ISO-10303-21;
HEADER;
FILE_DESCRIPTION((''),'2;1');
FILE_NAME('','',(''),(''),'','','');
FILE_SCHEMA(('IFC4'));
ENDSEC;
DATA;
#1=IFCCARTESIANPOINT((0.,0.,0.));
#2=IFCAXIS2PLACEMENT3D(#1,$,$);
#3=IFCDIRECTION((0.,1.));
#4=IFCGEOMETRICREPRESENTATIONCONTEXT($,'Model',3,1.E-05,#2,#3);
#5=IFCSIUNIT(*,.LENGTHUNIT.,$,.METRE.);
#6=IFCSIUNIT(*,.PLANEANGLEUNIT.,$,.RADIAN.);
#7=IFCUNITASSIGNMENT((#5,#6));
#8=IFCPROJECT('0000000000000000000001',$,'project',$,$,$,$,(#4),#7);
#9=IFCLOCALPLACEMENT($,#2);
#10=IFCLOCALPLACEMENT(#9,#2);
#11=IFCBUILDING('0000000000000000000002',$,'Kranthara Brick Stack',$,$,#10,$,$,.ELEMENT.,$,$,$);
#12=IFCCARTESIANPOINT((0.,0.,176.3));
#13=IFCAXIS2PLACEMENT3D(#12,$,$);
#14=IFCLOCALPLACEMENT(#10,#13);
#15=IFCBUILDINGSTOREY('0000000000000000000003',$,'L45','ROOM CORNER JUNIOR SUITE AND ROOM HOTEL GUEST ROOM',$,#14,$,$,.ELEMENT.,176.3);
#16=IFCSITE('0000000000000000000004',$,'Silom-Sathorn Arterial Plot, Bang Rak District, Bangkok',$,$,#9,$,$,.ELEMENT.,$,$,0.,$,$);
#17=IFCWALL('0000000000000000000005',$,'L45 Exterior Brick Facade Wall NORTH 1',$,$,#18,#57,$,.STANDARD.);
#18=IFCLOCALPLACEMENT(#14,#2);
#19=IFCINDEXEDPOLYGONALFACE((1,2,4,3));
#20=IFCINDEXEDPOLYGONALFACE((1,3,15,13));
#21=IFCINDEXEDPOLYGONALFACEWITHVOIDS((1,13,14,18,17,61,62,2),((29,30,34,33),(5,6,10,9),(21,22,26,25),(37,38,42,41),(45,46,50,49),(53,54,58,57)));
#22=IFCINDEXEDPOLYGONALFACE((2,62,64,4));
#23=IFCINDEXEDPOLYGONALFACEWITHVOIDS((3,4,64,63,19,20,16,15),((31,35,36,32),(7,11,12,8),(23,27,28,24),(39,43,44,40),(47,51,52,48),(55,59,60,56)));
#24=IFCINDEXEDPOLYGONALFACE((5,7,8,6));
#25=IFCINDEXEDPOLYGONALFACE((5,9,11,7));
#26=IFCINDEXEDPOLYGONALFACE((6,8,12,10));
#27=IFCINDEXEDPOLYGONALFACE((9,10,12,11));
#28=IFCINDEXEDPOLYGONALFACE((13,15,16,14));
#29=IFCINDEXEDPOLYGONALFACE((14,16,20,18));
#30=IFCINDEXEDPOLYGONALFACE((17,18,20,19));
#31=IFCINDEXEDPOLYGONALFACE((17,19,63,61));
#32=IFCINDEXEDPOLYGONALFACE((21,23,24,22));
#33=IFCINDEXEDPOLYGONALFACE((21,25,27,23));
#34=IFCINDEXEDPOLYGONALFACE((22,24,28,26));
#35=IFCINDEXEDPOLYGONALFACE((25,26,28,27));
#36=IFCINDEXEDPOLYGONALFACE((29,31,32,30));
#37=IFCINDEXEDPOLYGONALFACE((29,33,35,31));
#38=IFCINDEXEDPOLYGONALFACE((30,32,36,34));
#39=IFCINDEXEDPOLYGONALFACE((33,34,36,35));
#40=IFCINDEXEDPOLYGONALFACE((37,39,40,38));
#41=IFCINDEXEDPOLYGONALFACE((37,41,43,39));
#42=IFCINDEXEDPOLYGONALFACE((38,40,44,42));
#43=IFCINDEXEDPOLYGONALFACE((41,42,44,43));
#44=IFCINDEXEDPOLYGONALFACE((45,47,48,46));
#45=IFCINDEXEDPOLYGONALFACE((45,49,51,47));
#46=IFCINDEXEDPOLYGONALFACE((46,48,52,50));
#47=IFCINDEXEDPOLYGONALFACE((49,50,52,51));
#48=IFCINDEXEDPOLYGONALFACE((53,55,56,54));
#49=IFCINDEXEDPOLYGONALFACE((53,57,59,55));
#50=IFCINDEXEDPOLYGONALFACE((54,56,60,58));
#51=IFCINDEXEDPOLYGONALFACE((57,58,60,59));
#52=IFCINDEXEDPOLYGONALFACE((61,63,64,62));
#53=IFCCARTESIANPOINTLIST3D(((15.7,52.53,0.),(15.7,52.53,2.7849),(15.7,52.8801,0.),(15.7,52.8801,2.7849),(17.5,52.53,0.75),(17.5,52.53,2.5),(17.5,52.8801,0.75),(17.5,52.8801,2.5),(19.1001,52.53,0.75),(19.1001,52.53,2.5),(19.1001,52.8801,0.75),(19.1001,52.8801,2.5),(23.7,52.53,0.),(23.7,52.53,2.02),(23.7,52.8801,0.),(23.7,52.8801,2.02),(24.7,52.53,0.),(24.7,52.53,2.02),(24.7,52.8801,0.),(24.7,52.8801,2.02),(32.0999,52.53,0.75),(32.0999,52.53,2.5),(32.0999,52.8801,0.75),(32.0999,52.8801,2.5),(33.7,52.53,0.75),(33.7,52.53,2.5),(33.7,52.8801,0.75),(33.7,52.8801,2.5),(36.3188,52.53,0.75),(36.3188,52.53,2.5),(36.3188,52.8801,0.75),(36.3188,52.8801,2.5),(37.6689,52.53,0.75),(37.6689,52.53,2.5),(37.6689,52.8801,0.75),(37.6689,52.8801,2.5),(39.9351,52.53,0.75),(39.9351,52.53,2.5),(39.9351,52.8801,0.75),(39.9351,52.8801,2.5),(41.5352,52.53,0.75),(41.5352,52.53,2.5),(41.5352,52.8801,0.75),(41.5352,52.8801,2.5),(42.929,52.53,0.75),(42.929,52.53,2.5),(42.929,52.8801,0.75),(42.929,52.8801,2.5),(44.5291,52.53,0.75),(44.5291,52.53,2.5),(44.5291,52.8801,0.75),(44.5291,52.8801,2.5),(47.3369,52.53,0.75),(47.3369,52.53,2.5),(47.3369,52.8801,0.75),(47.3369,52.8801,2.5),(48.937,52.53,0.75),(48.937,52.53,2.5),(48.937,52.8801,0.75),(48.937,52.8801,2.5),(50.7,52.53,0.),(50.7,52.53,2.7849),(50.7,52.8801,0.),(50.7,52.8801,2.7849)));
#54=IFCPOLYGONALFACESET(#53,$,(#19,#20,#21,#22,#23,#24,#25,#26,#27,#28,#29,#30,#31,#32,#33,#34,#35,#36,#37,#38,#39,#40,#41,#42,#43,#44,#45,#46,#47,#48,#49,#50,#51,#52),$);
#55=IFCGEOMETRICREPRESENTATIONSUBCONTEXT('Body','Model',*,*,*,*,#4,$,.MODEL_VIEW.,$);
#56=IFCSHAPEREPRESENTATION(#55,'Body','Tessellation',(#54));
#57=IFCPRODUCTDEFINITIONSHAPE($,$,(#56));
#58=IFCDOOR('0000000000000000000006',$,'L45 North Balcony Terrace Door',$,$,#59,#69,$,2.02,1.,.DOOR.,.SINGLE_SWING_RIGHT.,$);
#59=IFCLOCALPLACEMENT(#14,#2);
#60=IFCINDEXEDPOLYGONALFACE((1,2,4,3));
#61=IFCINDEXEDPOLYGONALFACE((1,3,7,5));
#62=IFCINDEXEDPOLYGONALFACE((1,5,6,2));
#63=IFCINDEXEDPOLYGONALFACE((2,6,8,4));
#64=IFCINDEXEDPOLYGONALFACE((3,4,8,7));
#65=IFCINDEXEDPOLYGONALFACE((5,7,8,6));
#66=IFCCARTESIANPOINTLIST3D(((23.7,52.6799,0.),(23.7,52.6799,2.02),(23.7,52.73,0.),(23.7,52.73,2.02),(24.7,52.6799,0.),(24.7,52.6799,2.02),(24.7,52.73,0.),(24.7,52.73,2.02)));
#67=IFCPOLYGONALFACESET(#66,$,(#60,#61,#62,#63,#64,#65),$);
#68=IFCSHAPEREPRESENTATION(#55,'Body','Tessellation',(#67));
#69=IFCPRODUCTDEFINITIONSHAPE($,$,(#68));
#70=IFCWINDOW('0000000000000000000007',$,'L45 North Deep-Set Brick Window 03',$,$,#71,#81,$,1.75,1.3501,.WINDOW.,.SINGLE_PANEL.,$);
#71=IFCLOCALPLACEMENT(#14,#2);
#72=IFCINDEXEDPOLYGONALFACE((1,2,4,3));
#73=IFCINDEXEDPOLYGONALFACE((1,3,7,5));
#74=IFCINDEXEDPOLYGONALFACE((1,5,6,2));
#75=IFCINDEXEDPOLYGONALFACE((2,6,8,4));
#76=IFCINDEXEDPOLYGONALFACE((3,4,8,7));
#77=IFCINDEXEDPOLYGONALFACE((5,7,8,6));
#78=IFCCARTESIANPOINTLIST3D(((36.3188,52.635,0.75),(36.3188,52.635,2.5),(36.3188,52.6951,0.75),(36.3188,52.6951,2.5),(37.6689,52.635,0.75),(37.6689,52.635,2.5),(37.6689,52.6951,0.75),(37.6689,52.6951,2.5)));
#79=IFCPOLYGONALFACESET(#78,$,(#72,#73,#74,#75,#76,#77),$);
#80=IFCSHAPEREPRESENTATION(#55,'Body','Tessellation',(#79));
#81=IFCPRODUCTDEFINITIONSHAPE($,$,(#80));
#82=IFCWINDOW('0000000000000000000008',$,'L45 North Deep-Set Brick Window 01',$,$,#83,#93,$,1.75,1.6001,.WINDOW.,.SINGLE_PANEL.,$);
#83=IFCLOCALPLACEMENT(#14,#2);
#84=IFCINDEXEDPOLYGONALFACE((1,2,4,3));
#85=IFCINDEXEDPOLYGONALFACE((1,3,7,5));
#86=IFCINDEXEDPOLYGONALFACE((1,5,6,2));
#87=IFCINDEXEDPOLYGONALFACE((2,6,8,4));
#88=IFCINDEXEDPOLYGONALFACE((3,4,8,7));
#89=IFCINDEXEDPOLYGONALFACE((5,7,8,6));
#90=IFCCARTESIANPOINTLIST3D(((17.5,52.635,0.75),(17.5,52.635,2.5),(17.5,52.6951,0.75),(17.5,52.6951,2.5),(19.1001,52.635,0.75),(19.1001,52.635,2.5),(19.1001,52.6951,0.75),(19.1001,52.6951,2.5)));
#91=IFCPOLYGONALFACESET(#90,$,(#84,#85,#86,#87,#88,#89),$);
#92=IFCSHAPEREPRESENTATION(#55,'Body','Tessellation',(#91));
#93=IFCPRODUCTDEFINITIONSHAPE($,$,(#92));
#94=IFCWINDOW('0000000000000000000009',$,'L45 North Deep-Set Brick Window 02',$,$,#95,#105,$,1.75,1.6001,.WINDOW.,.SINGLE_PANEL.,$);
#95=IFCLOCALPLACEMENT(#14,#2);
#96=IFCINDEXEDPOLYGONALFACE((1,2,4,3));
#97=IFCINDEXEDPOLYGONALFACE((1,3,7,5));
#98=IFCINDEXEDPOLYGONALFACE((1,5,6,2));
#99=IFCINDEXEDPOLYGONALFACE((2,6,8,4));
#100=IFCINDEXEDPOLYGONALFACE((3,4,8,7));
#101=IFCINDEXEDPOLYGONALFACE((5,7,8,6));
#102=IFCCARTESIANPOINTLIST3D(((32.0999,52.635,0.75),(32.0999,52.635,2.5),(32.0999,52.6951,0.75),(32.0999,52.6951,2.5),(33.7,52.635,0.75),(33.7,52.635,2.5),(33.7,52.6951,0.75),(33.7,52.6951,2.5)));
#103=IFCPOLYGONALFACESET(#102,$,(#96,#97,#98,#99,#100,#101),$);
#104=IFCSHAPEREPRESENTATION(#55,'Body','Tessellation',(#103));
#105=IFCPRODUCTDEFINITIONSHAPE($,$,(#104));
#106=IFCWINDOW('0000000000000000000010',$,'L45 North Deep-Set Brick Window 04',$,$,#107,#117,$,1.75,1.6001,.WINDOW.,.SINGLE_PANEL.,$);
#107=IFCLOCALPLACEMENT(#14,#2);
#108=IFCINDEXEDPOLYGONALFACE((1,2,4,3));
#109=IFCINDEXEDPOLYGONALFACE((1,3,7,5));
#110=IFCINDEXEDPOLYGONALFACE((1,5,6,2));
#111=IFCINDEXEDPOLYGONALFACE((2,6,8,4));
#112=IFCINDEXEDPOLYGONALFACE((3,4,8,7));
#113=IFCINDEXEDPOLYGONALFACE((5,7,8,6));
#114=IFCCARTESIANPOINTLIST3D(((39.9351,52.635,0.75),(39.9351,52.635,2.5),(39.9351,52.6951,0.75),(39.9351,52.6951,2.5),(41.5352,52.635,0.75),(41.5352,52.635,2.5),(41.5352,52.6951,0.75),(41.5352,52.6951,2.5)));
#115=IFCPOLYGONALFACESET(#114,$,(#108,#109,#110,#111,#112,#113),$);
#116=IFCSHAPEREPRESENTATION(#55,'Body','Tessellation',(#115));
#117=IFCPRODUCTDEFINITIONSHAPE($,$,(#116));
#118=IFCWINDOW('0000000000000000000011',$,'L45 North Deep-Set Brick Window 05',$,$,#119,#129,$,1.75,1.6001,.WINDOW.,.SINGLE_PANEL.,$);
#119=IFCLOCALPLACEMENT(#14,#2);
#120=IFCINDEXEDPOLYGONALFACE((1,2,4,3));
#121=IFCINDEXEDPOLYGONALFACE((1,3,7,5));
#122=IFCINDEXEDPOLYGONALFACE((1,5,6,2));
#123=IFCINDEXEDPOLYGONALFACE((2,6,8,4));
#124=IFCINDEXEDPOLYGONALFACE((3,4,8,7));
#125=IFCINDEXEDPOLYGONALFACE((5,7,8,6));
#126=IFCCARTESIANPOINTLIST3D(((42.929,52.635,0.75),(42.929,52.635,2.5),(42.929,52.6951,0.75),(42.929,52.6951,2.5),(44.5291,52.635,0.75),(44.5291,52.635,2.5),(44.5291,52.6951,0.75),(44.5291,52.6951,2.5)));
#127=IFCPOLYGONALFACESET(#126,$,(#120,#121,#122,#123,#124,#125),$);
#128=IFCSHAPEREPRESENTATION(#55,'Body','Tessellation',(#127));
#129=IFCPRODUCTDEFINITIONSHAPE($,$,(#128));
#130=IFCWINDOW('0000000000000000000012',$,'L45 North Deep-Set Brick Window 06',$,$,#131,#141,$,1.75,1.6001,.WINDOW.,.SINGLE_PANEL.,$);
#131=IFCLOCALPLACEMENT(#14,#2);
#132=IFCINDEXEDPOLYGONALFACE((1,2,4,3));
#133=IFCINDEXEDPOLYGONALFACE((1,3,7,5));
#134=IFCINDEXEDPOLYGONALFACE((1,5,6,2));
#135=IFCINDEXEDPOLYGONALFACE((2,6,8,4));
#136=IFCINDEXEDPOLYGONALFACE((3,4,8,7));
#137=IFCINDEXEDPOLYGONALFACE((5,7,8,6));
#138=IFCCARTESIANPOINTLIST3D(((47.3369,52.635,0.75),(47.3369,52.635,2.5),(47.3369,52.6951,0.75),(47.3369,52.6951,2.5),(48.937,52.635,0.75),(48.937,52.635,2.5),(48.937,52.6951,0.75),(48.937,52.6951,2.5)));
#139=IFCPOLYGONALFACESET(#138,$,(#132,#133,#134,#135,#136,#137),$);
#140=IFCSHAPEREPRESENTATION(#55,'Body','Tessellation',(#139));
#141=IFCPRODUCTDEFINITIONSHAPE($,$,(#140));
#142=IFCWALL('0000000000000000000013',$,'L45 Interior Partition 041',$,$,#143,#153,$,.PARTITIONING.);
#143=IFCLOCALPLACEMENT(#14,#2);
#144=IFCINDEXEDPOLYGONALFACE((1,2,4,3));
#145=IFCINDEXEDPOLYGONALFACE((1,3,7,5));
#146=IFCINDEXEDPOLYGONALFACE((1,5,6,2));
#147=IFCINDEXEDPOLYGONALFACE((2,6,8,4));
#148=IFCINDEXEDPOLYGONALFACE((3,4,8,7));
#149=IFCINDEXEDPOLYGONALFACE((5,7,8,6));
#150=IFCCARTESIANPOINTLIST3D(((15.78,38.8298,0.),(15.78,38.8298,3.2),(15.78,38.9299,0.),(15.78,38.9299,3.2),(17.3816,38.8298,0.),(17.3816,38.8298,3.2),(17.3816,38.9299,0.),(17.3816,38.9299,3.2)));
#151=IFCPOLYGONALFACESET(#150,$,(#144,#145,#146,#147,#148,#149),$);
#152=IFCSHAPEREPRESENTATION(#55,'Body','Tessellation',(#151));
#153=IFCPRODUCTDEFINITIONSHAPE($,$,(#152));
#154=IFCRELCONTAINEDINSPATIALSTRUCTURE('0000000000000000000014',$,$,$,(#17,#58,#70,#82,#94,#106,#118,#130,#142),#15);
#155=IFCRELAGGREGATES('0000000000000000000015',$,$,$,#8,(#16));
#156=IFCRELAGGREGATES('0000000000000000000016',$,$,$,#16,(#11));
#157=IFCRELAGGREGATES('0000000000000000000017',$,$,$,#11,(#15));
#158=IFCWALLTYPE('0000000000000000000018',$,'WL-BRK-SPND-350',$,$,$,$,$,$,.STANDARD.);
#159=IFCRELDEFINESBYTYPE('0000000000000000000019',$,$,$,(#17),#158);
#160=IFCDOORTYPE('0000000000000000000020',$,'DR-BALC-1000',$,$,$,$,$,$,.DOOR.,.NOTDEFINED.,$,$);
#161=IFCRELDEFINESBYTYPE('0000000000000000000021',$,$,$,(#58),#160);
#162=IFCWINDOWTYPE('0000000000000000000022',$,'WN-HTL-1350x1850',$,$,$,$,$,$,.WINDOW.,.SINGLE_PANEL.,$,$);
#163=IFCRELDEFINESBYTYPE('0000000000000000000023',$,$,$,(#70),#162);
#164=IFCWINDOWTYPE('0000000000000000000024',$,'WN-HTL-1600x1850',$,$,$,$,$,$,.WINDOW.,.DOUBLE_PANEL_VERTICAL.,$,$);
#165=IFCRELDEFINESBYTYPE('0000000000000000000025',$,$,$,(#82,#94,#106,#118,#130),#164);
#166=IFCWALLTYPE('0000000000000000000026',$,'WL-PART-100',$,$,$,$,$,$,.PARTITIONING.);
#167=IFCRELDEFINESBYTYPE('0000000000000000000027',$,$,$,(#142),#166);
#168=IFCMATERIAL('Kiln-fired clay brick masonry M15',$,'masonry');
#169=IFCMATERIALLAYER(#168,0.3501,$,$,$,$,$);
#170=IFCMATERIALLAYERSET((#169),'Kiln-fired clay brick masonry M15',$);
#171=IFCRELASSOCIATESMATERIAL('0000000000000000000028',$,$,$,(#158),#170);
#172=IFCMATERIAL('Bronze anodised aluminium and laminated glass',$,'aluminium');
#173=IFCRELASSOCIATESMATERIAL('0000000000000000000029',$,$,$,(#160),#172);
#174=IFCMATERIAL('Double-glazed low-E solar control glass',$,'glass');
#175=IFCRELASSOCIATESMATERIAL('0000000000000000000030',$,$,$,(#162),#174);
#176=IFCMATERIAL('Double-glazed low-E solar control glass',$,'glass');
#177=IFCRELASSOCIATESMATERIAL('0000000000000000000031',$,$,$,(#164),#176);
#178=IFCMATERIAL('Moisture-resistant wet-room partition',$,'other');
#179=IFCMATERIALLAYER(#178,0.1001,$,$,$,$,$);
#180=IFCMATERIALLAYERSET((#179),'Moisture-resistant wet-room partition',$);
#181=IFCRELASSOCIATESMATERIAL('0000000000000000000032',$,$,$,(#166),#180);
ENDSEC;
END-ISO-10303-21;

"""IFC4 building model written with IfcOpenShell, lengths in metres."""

from ifc_helpers import new_model, si_unit, direction, frame, frame_2d, origin, place, context, subcontext, project, spatial, rectangle, extrude, material, layer, layer_set, type_object, element, fill, save


model = new_model("IFC4")

# Units and contexts
model_context = context("Model", 3, precision=1e-05, world=origin(), true_north=direction((0.0, 1.0)))
body_context = subcontext(model_context, "Body", "Model", "MODEL_VIEW")
ifc_project = project(units=[si_unit("LENGTHUNIT", "METRE"), si_unit("PLANEANGLEUNIT", "RADIAN")], contexts=[model_context])

# Site, building, storey
site_placement = place(None, origin())
site = spatial("IfcSite", under=ifc_project, at=site_placement, Name="Silom-Sathorn Arterial Plot, Bang Rak District, Bangkok", CompositionType="ELEMENT", RefElevation=0.0)
building_placement = place(site_placement, origin())
building = spatial("IfcBuilding", under=site, at=building_placement, Name="Kranthara Brick Stack", CompositionType="ELEMENT")
storey_placement = place(building_placement, frame((0.0, 0.0, 176.3)))
storey = spatial("IfcBuildingStorey", under=building, at=storey_placement, Name="L45", Description="ROOM CORNER JUNIOR SUITE AND ROOM HOTEL GUEST ROOM", CompositionType="ELEMENT", Elevation=176.3)

# Shared definitions
ifc_material_1 = material(Name="Kiln-fired clay brick masonry M15", Category="masonry")
ifc_layer_1 = layer(ifc_material_1, 0.3501)
ifc_layer_set_1 = layer_set([ifc_layer_1], Name="Kiln-fired clay brick masonry M15")
wall_type_1 = type_object("IfcWallType", Name="WL-BRK-SPND-350", PredefinedType="STANDARD", material=ifc_layer_set_1)

# Wall, openings, door, windows
wall_1_placement = place(storey_placement, frame((15.7, 52.7051, 0.0), z_axis=(0.0, 0.0, 1.0), x_axis=(1.0, 0.0, 0.0)))
wall_1 = element("IfcWall", 1, at=wall_1_placement, inside=storey, type_object=wall_type_1, Name="L45 Exterior Brick Facade Wall NORTH 1", PredefinedType="STANDARD", context=body_context, shape_type="SweptSolid", body=[
    extrude(rectangle(XDim=35.0, YDim=0.3501, at=frame_2d((17.5, 0.0))), origin(), (0.0, 0.0, 1.0), 2.7849),
])
opening_1_placement = place(wall_1_placement, frame((8.0, 0.0, 0.0)))
opening_1 = element("IfcOpeningElement", 2, at=opening_1_placement, cuts=wall_1, PredefinedType="OPENING", context=body_context, shape_type="SweptSolid", body=[
    extrude(rectangle(XDim=1.0, YDim=2.02, at=frame_2d((0.5, 1.01))), frame((0.0, 0.1851, 0.0), z_axis=(0.0, -1.0, 0.0), x_axis=(1.0, 0.0, 0.0)), (0.0, 0.0, 1.0), 0.3701),
])
opening_2_placement = place(wall_1_placement, frame((1.8, 0.0, 0.75)))
opening_2 = element("IfcOpeningElement", 3, at=opening_2_placement, cuts=wall_1, PredefinedType="OPENING", context=body_context, shape_type="SweptSolid", body=[
    extrude(rectangle(XDim=1.6001, YDim=1.75, at=frame_2d((0.8, 0.875))), frame((0.0, 0.1851, 0.0), z_axis=(0.0, -1.0, 0.0), x_axis=(1.0, 0.0, 0.0)), (0.0, 0.0, 1.0), 0.3701),
])
opening_3_placement = place(wall_1_placement, frame((16.3999, 0.0, 0.75)))
opening_3 = element("IfcOpeningElement", 4, at=opening_3_placement, cuts=wall_1, PredefinedType="OPENING", context=body_context, shape_type="SweptSolid", body=[
    extrude(rectangle(XDim=1.6001, YDim=1.75, at=frame_2d((0.8, 0.875))), frame((0.0, 0.1851, 0.0), z_axis=(0.0, -1.0, 0.0), x_axis=(1.0, 0.0, 0.0)), (0.0, 0.0, 1.0), 0.3701),
])
opening_4_placement = place(wall_1_placement, frame((20.6189, 0.0, 0.75)))
opening_4 = element("IfcOpeningElement", 5, at=opening_4_placement, cuts=wall_1, PredefinedType="OPENING", context=body_context, shape_type="SweptSolid", body=[
    extrude(rectangle(XDim=1.3501, YDim=1.75, at=frame_2d((0.675, 0.875))), frame((0.0, 0.1851, 0.0), z_axis=(0.0, -1.0, 0.0), x_axis=(1.0, 0.0, 0.0)), (0.0, 0.0, 1.0), 0.3701),
])
opening_5_placement = place(wall_1_placement, frame((24.2351, 0.0, 0.75)))
opening_5 = element("IfcOpeningElement", 6, at=opening_5_placement, cuts=wall_1, PredefinedType="OPENING", context=body_context, shape_type="SweptSolid", body=[
    extrude(rectangle(XDim=1.6001, YDim=1.75, at=frame_2d((0.8, 0.875))), frame((0.0, 0.1851, 0.0), z_axis=(0.0, -1.0, 0.0), x_axis=(1.0, 0.0, 0.0)), (0.0, 0.0, 1.0), 0.3701),
])
opening_6_placement = place(wall_1_placement, frame((27.229, 0.0, 0.75)))
opening_6 = element("IfcOpeningElement", 7, at=opening_6_placement, cuts=wall_1, PredefinedType="OPENING", context=body_context, shape_type="SweptSolid", body=[
    extrude(rectangle(XDim=1.6001, YDim=1.75, at=frame_2d((0.8, 0.875))), frame((0.0, 0.1851, 0.0), z_axis=(0.0, -1.0, 0.0), x_axis=(1.0, 0.0, 0.0)), (0.0, 0.0, 1.0), 0.3701),
])
opening_7_placement = place(wall_1_placement, frame((31.637, 0.0, 0.75)))
opening_7 = element("IfcOpeningElement", 8, at=opening_7_placement, cuts=wall_1, PredefinedType="OPENING", context=body_context, shape_type="SweptSolid", body=[
    extrude(rectangle(XDim=1.6001, YDim=1.75, at=frame_2d((0.8, 0.875))), frame((0.0, 0.1851, 0.0), z_axis=(0.0, -1.0, 0.0), x_axis=(1.0, 0.0, 0.0)), (0.0, 0.0, 1.0), 0.3701),
])
ifc_material_2 = material(Name="Bronze anodised aluminium and laminated glass", Category="aluminium")
door_type = type_object("IfcDoorType", Name="DR-BALC-1000", OperationType="NOTDEFINED", PredefinedType="DOOR", material=ifc_material_2)
door_placement = place(opening_1_placement, origin())
door = element("IfcDoor", 9, at=door_placement, inside=storey, type_object=door_type, Name="L45 North Balcony Terrace Door", OperationType="SINGLE_SWING_RIGHT", OverallHeight=2.02, OverallWidth=1.0, PredefinedType="DOOR", context=body_context, shape_type="SweptSolid", body=[
    extrude(rectangle(XDim=1.0, YDim=2.02, at=frame_2d((0.5, 1.01))), frame((0.0, 0.0249, 0.0), z_axis=(0.0, -1.0, 0.0), x_axis=(1.0, 0.0, 0.0)), (0.0, 0.0, 1.0), 0.05),
])
fill(opening_1, door)
ifc_material_3 = material(Name="Double-glazed low-E solar control glass", Category="glass")
window_type_1 = type_object("IfcWindowType", Name="WN-HTL-1350x1850", PartitioningType="SINGLE_PANEL", PredefinedType="WINDOW", material=ifc_material_3)
window_1_placement = place(opening_4_placement, origin())
window_1 = element("IfcWindow", 10, at=window_1_placement, inside=storey, type_object=window_type_1, Name="L45 North Deep-Set Brick Window 03", OverallHeight=1.75, OverallWidth=1.3501, PartitioningType="SINGLE_PANEL", PredefinedType="WINDOW", context=body_context, shape_type="SweptSolid", body=[
    extrude(rectangle(XDim=1.3501, YDim=1.75, at=frame_2d((0.675, 0.875))), frame((0.0, -0.01, 0.0), z_axis=(0.0, -1.0, 0.0), x_axis=(1.0, 0.0, 0.0)), (0.0, 0.0, 1.0), 0.0601),
])
fill(opening_4, window_1)
ifc_material_4 = material(Name="Double-glazed low-E solar control glass", Category="glass")
window_type_2 = type_object("IfcWindowType", Name="WN-HTL-1600x1850", PartitioningType="DOUBLE_PANEL_VERTICAL", PredefinedType="WINDOW", material=ifc_material_4)
window_2_placement = place(opening_2_placement, origin())
window_2 = element("IfcWindow", 11, at=window_2_placement, inside=storey, type_object=window_type_2, Name="L45 North Deep-Set Brick Window 01", OverallHeight=1.75, OverallWidth=1.6001, PartitioningType="SINGLE_PANEL", PredefinedType="WINDOW", context=body_context, shape_type="SweptSolid", body=[
    extrude(rectangle(XDim=1.6001, YDim=1.75, at=frame_2d((0.8, 0.875))), frame((0.0, -0.01, 0.0), z_axis=(0.0, -1.0, 0.0), x_axis=(1.0, 0.0, 0.0)), (0.0, 0.0, 1.0), 0.0601),
])
fill(opening_2, window_2)
window_3_placement = place(opening_3_placement, origin())
window_3 = element("IfcWindow", 12, at=window_3_placement, inside=storey, type_object=window_type_2, Name="L45 North Deep-Set Brick Window 02", OverallHeight=1.75, OverallWidth=1.6001, PartitioningType="SINGLE_PANEL", PredefinedType="WINDOW", context=body_context, shape_type="SweptSolid", body=[
    extrude(rectangle(XDim=1.6001, YDim=1.75, at=frame_2d((0.8, 0.875))), frame((0.0, -0.01, 0.0), z_axis=(0.0, -1.0, 0.0), x_axis=(1.0, 0.0, 0.0)), (0.0, 0.0, 1.0), 0.0601),
])
fill(opening_3, window_3)
window_4_placement = place(opening_5_placement, origin())
window_4 = element("IfcWindow", 13, at=window_4_placement, inside=storey, type_object=window_type_2, Name="L45 North Deep-Set Brick Window 04", OverallHeight=1.75, OverallWidth=1.6001, PartitioningType="SINGLE_PANEL", PredefinedType="WINDOW", context=body_context, shape_type="SweptSolid", body=[
    extrude(rectangle(XDim=1.6001, YDim=1.75, at=frame_2d((0.8, 0.875))), frame((0.0, -0.01, 0.0), z_axis=(0.0, -1.0, 0.0), x_axis=(1.0, 0.0, 0.0)), (0.0, 0.0, 1.0), 0.0601),
])
fill(opening_5, window_4)
window_5_placement = place(opening_6_placement, origin())
window_5 = element("IfcWindow", 14, at=window_5_placement, inside=storey, type_object=window_type_2, Name="L45 North Deep-Set Brick Window 05", OverallHeight=1.75, OverallWidth=1.6001, PartitioningType="SINGLE_PANEL", PredefinedType="WINDOW", context=body_context, shape_type="SweptSolid", body=[
    extrude(rectangle(XDim=1.6001, YDim=1.75, at=frame_2d((0.8, 0.875))), frame((0.0, -0.01, 0.0), z_axis=(0.0, -1.0, 0.0), x_axis=(1.0, 0.0, 0.0)), (0.0, 0.0, 1.0), 0.0601),
])
fill(opening_6, window_5)
window_6_placement = place(opening_7_placement, origin())
window_6 = element("IfcWindow", 15, at=window_6_placement, inside=storey, type_object=window_type_2, Name="L45 North Deep-Set Brick Window 06", OverallHeight=1.75, OverallWidth=1.6001, PartitioningType="SINGLE_PANEL", PredefinedType="WINDOW", context=body_context, shape_type="SweptSolid", body=[
    extrude(rectangle(XDim=1.6001, YDim=1.75, at=frame_2d((0.8, 0.875))), frame((0.0, -0.01, 0.0), z_axis=(0.0, -1.0, 0.0), x_axis=(1.0, 0.0, 0.0)), (0.0, 0.0, 1.0), 0.0601),
])
fill(opening_7, window_6)

# Wall
ifc_material_5 = material(Name="Moisture-resistant wet-room partition", Category="other")
ifc_layer_2 = layer(ifc_material_5, 0.1001)
ifc_layer_set_2 = layer_set([ifc_layer_2], Name="Moisture-resistant wet-room partition")
wall_type_2 = type_object("IfcWallType", Name="WL-PART-100", PredefinedType="PARTITIONING", material=ifc_layer_set_2)
wall_2_placement = place(storey_placement, frame((15.78, 38.8799, 0.0), z_axis=(0.0, 0.0, 1.0), x_axis=(1.0, 0.0, 0.0)))
element("IfcWall", 16, at=wall_2_placement, inside=storey, type_object=wall_type_2, Name="L45 Interior Partition 041", PredefinedType="PARTITIONING", context=body_context, shape_type="SweptSolid", body=[
    extrude(rectangle(XDim=1.6016, YDim=0.1001, at=frame_2d((0.8008, 0.0))), origin(), (0.0, 0.0, 1.0), 3.2),
])

save(model, "model.ifc")
